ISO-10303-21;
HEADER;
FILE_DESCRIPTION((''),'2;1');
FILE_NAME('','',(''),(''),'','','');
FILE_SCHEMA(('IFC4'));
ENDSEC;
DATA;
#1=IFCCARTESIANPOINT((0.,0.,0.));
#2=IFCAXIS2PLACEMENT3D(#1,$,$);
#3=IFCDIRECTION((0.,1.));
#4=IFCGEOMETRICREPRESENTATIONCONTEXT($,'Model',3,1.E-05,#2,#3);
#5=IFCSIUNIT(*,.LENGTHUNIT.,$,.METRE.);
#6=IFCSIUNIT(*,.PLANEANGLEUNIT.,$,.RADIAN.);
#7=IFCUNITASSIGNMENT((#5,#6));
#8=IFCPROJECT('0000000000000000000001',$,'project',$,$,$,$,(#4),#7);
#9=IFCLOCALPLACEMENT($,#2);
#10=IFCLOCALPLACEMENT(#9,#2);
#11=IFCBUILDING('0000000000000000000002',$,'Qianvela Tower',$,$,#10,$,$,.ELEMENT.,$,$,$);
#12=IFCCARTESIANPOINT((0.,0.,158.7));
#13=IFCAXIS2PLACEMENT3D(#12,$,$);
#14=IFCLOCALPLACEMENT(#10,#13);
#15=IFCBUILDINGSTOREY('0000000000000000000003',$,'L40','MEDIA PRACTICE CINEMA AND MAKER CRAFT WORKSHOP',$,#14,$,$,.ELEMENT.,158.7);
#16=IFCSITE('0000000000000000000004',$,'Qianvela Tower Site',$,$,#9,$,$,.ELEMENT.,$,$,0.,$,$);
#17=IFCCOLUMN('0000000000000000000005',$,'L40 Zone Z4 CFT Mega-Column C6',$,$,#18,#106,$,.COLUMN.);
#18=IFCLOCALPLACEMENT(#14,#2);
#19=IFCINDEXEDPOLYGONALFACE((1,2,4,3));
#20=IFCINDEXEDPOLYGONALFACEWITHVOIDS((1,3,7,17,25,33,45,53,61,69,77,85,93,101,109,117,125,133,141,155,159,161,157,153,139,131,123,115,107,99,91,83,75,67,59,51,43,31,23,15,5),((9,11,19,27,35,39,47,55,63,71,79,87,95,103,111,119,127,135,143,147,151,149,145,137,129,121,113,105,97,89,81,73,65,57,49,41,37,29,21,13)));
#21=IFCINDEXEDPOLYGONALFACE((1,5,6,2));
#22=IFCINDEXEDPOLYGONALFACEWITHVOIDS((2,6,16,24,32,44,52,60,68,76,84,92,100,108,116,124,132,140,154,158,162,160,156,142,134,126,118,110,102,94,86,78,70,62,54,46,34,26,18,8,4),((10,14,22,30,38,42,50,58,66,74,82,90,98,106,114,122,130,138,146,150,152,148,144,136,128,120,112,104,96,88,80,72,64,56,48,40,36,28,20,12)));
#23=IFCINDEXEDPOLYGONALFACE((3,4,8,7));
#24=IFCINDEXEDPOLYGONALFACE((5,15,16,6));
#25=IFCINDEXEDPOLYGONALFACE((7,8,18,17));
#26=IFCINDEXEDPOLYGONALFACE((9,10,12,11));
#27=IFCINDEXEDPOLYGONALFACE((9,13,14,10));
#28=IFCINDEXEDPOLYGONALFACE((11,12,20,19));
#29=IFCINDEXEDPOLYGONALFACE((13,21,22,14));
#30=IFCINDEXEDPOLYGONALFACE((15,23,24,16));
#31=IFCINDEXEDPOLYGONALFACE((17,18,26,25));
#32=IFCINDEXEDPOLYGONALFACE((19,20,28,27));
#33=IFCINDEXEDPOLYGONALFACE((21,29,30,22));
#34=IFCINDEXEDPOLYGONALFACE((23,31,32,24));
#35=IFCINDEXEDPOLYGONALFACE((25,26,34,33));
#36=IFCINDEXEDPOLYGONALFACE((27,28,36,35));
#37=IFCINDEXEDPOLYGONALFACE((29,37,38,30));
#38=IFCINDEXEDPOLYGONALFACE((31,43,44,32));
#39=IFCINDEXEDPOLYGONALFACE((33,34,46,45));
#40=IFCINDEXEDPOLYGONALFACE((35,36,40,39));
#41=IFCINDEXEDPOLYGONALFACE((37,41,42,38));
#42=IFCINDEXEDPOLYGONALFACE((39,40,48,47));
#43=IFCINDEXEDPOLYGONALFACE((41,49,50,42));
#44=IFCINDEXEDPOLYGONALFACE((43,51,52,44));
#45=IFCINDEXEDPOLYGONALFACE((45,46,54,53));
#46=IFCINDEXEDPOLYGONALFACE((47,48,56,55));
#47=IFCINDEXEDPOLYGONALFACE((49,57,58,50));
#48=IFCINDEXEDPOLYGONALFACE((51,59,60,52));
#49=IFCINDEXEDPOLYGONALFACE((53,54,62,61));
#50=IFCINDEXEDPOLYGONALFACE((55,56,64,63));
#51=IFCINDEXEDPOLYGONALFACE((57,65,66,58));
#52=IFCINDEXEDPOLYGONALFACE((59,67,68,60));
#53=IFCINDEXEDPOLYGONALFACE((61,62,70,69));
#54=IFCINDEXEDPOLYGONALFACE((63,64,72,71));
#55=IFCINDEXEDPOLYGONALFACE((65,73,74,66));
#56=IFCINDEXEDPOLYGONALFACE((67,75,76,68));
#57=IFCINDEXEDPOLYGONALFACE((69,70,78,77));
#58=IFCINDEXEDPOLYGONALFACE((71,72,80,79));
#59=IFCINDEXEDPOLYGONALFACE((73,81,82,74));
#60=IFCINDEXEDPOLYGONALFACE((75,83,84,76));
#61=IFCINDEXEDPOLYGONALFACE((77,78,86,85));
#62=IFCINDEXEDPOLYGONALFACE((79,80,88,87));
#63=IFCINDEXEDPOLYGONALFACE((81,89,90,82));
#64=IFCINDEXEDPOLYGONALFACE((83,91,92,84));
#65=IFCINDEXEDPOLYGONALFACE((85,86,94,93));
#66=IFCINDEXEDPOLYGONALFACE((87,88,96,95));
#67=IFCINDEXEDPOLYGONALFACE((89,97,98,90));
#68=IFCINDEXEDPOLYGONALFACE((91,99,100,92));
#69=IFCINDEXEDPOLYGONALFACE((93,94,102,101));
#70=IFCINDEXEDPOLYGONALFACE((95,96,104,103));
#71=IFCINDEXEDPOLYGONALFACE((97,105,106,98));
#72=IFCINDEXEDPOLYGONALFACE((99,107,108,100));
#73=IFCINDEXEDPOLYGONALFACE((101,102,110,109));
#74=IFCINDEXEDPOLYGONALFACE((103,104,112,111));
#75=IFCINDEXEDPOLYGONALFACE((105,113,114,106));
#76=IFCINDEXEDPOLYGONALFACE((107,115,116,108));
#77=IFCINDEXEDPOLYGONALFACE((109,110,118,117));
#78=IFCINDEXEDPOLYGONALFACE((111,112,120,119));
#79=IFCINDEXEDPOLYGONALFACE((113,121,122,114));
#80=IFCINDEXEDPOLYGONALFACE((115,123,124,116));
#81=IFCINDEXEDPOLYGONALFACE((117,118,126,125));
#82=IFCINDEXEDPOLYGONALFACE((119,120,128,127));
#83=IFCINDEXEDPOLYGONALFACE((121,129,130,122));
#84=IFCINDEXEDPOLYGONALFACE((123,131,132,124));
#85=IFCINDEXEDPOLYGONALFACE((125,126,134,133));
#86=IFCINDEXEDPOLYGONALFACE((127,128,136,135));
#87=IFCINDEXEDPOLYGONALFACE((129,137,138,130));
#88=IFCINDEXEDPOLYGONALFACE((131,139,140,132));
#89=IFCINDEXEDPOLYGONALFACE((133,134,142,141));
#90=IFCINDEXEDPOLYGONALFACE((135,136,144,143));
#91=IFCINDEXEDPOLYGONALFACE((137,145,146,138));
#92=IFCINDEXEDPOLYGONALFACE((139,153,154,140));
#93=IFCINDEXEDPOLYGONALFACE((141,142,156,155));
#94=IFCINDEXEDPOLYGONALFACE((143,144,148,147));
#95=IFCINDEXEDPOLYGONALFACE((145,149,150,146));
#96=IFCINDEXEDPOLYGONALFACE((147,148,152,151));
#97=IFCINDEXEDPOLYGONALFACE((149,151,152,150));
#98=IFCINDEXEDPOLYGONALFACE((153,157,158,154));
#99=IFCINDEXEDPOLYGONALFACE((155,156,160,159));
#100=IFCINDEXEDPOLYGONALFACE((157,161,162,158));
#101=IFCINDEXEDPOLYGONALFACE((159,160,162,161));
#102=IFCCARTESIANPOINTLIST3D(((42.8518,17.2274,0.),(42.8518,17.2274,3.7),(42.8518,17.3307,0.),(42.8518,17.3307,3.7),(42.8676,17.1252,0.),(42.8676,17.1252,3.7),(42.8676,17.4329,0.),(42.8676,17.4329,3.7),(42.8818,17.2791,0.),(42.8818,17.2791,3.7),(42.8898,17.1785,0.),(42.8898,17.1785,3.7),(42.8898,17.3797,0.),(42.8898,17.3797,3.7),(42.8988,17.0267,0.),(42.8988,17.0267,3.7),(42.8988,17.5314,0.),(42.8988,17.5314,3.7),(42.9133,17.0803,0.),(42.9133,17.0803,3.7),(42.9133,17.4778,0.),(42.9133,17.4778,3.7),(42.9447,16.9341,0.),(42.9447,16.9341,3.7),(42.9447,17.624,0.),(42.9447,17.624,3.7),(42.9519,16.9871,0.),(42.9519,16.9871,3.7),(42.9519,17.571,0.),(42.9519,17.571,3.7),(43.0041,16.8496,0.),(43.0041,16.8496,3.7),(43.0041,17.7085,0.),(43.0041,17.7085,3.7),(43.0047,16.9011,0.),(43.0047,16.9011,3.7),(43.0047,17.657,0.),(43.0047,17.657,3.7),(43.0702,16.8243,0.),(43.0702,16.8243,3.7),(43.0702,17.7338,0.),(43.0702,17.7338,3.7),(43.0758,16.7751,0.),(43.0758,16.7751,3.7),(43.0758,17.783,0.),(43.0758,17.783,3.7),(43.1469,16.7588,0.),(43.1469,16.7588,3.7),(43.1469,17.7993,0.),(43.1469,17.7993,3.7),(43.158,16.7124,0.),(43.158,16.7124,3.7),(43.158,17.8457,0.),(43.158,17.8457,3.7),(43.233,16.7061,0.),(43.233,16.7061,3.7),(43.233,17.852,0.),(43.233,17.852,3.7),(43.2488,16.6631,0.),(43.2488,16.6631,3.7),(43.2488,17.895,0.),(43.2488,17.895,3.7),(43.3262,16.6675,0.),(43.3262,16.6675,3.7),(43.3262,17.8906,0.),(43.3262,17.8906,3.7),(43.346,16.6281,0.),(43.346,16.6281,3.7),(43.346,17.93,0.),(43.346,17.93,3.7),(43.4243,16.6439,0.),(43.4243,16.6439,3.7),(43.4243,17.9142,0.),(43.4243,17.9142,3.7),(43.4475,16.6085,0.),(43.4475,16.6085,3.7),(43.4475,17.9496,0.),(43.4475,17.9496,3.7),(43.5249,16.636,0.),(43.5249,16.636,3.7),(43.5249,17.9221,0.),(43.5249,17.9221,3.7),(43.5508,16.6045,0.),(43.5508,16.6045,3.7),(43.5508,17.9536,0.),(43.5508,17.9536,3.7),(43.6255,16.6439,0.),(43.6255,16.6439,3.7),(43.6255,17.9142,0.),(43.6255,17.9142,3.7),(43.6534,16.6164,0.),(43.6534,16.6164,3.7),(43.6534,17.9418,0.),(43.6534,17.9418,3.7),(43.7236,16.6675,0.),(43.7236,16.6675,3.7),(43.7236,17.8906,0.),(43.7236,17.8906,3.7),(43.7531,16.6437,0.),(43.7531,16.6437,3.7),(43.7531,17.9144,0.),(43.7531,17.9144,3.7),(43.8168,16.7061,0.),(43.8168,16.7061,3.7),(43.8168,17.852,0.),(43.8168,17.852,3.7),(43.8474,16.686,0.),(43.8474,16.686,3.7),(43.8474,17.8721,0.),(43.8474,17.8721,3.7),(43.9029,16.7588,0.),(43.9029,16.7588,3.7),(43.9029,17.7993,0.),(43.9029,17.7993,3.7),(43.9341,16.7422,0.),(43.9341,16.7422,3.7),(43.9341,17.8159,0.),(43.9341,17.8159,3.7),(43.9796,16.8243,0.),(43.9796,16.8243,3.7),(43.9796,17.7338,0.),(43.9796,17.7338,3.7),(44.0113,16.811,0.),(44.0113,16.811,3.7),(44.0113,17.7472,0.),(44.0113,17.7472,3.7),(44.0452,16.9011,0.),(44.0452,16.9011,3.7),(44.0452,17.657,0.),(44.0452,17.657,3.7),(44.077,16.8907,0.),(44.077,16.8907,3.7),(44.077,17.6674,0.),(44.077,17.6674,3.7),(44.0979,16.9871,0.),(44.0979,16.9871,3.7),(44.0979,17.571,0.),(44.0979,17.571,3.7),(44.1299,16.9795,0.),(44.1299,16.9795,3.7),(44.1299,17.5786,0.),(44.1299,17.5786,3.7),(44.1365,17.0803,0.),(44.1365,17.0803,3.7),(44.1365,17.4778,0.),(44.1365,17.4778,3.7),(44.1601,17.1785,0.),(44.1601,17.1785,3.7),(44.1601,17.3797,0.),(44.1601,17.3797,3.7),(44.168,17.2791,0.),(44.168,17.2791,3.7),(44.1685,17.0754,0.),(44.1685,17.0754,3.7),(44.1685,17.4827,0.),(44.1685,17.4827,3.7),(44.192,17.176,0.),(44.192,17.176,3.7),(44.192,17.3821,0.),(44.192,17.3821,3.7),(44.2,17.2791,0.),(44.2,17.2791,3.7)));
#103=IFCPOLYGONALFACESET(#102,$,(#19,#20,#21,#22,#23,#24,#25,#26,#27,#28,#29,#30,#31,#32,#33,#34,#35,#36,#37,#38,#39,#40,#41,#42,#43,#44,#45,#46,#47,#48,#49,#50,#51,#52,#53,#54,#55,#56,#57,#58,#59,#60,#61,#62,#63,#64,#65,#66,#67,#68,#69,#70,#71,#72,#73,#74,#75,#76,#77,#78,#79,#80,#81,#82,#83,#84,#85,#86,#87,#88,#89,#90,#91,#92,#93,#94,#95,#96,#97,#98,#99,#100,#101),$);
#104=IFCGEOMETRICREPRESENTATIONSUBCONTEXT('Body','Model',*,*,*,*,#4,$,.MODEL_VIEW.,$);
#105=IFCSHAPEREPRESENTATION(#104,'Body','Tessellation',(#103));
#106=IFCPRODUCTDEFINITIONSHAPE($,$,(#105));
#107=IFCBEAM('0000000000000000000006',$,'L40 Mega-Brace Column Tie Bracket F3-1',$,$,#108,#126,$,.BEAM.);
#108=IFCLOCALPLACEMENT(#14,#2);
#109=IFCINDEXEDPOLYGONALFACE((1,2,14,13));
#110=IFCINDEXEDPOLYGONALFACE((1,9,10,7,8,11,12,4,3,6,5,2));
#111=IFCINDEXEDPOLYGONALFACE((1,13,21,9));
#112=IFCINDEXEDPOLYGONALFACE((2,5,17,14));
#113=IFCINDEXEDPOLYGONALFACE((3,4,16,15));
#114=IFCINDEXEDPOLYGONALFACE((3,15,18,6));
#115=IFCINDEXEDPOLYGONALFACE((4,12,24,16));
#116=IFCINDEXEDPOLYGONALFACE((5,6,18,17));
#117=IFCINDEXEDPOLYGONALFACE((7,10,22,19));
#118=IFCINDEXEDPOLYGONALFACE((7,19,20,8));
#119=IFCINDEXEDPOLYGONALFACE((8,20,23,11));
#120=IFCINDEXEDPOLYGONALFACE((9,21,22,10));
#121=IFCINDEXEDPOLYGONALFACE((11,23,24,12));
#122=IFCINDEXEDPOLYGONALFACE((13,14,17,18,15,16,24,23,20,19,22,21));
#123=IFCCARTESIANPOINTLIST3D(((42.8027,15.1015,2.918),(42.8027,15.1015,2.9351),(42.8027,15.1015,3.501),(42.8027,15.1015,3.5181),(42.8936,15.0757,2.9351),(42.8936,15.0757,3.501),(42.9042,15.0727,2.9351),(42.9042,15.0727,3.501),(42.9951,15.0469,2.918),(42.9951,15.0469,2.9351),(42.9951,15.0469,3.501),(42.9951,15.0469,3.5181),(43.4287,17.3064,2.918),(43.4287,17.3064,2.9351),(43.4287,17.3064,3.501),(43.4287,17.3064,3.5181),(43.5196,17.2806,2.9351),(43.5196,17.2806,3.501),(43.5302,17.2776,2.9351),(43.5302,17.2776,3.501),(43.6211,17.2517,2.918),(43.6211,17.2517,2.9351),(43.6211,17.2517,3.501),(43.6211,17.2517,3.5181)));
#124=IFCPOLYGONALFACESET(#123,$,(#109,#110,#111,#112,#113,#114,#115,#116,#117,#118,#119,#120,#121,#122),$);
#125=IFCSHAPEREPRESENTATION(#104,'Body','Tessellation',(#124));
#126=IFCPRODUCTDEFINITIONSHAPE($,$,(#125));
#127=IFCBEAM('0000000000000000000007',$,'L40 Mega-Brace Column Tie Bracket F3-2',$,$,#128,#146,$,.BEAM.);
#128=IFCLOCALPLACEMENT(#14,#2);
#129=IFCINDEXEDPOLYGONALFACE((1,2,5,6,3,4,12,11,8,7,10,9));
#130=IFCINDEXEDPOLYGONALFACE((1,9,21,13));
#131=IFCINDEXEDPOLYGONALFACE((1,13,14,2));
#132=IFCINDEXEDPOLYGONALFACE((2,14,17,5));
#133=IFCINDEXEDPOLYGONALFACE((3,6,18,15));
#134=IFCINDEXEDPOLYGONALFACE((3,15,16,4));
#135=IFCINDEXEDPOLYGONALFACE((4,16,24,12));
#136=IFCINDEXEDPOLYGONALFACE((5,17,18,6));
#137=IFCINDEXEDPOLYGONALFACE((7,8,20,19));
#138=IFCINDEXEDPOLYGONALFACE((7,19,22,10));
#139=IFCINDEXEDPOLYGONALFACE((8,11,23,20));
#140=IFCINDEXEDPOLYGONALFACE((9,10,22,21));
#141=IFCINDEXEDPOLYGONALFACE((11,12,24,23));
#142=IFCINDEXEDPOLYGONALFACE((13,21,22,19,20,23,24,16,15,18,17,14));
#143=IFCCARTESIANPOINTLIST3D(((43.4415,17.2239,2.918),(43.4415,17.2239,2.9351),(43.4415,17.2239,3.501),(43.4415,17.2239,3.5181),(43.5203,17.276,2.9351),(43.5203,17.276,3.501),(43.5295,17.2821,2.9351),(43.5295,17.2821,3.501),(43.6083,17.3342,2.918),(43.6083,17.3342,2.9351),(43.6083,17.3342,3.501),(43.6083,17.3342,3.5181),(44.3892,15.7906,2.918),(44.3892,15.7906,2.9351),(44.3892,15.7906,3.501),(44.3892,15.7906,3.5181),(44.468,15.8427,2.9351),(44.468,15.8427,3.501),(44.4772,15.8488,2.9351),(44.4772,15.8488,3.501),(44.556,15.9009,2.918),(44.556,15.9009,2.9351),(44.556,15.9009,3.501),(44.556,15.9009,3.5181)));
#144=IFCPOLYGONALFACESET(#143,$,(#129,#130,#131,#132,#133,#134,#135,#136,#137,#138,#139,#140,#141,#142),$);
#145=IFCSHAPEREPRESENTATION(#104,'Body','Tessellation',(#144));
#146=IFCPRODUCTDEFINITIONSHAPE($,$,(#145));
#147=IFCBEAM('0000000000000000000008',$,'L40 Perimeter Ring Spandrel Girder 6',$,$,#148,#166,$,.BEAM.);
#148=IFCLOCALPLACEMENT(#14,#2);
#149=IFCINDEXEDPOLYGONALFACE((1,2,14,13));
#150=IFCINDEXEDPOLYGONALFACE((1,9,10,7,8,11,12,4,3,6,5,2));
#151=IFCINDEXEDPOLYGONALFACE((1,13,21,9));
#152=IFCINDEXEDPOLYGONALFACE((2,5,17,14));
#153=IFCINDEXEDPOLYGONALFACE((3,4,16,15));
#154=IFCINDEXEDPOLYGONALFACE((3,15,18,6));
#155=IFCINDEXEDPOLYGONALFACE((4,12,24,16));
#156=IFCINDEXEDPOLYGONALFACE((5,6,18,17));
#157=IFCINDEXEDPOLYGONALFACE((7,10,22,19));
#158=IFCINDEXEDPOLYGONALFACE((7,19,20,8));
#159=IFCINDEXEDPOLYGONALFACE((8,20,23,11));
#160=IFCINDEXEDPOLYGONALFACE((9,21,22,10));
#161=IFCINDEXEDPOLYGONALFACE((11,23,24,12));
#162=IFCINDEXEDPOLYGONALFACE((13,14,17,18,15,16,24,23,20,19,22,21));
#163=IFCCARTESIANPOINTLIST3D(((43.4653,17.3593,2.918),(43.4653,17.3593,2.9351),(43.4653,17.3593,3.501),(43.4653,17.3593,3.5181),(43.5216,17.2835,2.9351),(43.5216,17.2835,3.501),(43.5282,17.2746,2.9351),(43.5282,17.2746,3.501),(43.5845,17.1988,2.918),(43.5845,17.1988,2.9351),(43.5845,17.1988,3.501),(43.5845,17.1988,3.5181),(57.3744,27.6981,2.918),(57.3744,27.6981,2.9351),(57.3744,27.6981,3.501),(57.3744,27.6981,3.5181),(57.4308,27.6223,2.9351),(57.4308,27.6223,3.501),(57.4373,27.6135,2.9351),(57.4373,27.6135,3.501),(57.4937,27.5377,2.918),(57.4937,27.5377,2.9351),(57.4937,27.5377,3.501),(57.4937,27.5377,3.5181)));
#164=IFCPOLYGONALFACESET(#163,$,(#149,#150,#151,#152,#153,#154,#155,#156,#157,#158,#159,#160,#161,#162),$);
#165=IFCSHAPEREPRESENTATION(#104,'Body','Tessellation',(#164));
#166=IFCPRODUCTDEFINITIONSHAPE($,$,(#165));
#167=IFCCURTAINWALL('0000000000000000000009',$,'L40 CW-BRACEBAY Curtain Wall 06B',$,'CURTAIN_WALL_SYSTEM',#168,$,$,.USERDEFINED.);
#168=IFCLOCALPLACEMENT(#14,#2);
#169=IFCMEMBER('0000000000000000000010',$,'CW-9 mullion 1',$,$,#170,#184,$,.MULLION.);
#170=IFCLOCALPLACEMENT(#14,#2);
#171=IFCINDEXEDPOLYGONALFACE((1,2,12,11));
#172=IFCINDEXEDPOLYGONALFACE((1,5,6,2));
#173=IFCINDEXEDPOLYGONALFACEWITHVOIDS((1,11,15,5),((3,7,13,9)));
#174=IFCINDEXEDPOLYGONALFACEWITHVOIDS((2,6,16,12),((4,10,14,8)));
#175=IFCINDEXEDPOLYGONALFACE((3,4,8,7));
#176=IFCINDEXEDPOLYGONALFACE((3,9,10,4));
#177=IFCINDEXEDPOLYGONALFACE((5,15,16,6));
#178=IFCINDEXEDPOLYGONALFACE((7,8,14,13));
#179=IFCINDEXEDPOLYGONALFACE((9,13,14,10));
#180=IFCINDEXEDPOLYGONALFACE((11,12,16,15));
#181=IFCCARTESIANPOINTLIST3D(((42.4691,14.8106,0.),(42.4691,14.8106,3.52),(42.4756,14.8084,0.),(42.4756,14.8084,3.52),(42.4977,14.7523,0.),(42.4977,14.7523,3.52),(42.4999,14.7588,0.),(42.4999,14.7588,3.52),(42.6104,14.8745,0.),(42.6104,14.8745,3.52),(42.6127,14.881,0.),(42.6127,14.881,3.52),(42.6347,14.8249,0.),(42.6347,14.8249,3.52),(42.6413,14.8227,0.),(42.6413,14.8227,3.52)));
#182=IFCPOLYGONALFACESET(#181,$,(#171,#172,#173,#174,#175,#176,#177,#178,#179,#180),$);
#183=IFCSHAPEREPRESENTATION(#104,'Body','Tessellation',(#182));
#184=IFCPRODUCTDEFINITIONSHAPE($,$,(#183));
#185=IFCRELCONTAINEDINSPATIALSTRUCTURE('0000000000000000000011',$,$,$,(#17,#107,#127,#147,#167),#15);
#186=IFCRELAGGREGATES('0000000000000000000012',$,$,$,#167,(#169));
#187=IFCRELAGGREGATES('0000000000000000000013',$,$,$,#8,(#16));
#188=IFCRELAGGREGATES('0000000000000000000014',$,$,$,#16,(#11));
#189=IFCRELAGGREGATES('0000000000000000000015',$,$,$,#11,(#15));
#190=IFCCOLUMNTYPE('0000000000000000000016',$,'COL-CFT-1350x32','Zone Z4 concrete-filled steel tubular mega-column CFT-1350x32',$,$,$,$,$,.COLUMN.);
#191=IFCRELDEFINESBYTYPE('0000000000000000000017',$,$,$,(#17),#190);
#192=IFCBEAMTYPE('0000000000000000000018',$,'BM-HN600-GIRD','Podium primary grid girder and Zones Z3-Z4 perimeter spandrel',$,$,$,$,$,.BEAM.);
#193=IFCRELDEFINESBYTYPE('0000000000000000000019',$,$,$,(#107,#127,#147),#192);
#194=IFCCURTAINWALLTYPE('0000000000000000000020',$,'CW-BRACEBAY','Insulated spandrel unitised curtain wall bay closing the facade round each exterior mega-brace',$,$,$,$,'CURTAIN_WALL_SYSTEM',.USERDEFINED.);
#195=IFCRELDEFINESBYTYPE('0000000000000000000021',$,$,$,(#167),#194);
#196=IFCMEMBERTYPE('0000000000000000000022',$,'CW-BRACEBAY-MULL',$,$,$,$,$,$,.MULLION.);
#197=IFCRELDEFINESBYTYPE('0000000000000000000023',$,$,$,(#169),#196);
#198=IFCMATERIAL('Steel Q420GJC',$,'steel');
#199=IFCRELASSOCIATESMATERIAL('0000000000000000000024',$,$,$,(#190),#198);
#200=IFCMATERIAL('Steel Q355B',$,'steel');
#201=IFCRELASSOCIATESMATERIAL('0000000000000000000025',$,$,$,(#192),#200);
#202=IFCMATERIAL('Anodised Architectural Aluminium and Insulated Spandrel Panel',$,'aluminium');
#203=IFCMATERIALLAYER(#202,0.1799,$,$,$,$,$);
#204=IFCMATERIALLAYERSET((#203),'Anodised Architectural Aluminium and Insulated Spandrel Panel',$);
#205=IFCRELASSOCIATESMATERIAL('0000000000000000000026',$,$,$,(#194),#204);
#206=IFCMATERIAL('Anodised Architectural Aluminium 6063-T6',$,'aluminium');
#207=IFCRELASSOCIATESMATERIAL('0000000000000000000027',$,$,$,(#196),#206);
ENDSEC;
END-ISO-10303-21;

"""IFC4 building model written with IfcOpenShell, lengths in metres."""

from ifc_helpers import new_model, si_unit, direction, frame, origin, origin_2d, place, context, subcontext, project, spatial, hollow_rectangle, hollow_circle, i_section, extrude, material, layer, layer_set, material_profile, profile_set, type_object, element, aggregate, save


model = new_model("IFC4")

# Units and contexts
model_context = context("Model", 3, precision=1e-05, world=origin(), true_north=direction((0.0, 1.0)))
body_context = subcontext(model_context, "Body", "Model", "MODEL_VIEW")
ifc_project = project(units=[si_unit("LENGTHUNIT", "METRE"), si_unit("PLANEANGLEUNIT", "RADIAN")], contexts=[model_context])

# Site, building, storey
site_placement = place(None, origin())
site = spatial("IfcSite", under=ifc_project, at=site_placement, Name="Qianvela Tower Site", CompositionType="ELEMENT", RefElevation=0.0)
building_placement = place(site_placement, origin())
building = spatial("IfcBuilding", under=site, at=building_placement, Name="Qianvela Tower", CompositionType="ELEMENT")
storey_placement = place(building_placement, frame((0.0, 0.0, 158.7)))
storey = spatial("IfcBuildingStorey", under=building, at=storey_placement, Name="L40", Description="MEDIA PRACTICE CINEMA AND MAKER CRAFT WORKSHOP", CompositionType="ELEMENT", Elevation=158.7)

# Column
ifc_material_1 = material(Name="Steel Q420GJC", Category="steel")
ifc_material_profile_1 = material_profile(ifc_material_1, hollow_circle(Radius=0.675, WallThickness=0.032, at=origin_2d()), Name="CFT-1350x32")
ifc_profile_set_1 = profile_set([ifc_material_profile_1], Name="Steel Q420GJC")
column_type = type_object("IfcColumnType", Name="COL-CFT-1350x32", Description="Zone Z4 concrete-filled steel tubular mega-column CFT-1350x32", PredefinedType="COLUMN", material=ifc_profile_set_1)
column_placement = place(storey_placement, frame((43.5249, 17.2791, 0.0), z_axis=(0.0, 0.0, 1.0), x_axis=(1.0, 0.0, 0.0)))
element("IfcColumn", 1, at=column_placement, inside=storey, type_object=column_type, Name="L40 Zone Z4 CFT Mega-Column C6", PredefinedType="COLUMN", context=body_context, shape_type="SweptSolid", body=[
    extrude(hollow_circle(Radius=0.675, WallThickness=0.032, at=origin_2d()), origin(), (0.0, 0.0, 1.0), 3.7),
])

# Beams
ifc_material_2 = material(Name="Steel Q355B", Category="steel")
ifc_material_profile_2 = material_profile(ifc_material_2, i_section(OverallWidth=0.2, OverallDepth=0.6001, WebThickness=0.011, FlangeThickness=0.0171, at=origin_2d()), Name="HN600x200x11x17")
ifc_profile_set_2 = profile_set([ifc_material_profile_2], Name="Steel Q355B")
beam_type = type_object("IfcBeamType", Name="BM-HN600-GIRD", Description="Podium primary grid girder and Zones Z3-Z4 perimeter spandrel", PredefinedType="BEAM", material=ifc_profile_set_2)
beam_1_placement = place(storey_placement, frame((43.5249, 17.2791, 3.218), z_axis=(-0.273117, -0.961981, 0.0), x_axis=(0.961981, -0.273117, 0.0)))
element("IfcBeam", 2, at=beam_1_placement, inside=storey, type_object=beam_type, Name="L40 Mega-Brace Column Tie Bracket F3-1", PredefinedType="BEAM", context=body_context, shape_type="SweptSolid", body=[
    extrude(i_section(OverallWidth=0.2, OverallDepth=0.6001, WebThickness=0.011, FlangeThickness=0.0171, at=origin_2d()), origin(), (0.0, 0.0, 1.0), 2.292),
])
beam_2_placement = place(storey_placement, frame((43.5249, 17.2791, 3.218), z_axis=(0.551549, -0.834143, 0.0), x_axis=(0.834143, 0.551549, 0.0)))
element("IfcBeam", 3, at=beam_2_placement, inside=storey, type_object=beam_type, Name="L40 Mega-Brace Column Tie Bracket F3-2", PredefinedType="BEAM", context=body_context, shape_type="SweptSolid", body=[
    extrude(i_section(OverallWidth=0.2, OverallDepth=0.6001, WebThickness=0.011, FlangeThickness=0.0171, at=origin_2d()), origin(), (0.0, 0.0, 1.0), 1.7183),
])
beam_3_placement = place(storey_placement, frame((43.5249, 17.2791, 3.218), z_axis=(0.802569, 0.596559, 0.0), x_axis=(-0.596559, 0.802569, 0.0)))
element("IfcBeam", 4, at=beam_3_placement, inside=storey, type_object=beam_type, Name="L40 Perimeter Ring Spandrel Girder 6", PredefinedType="BEAM", context=body_context, shape_type="SweptSolid", body=[
    extrude(i_section(OverallWidth=0.2, OverallDepth=0.6001, WebThickness=0.011, FlangeThickness=0.0171, at=origin_2d()), origin(), (0.0, 0.0, 1.0), 17.3308),
])

# Curtain wall, member
ifc_material_3 = material(Name="Anodised Architectural Aluminium and Insulated Spandrel Panel", Category="aluminium")
ifc_layer_1 = layer(ifc_material_3, 0.1799)
ifc_layer_set_1 = layer_set([ifc_layer_1], Name="Anodised Architectural Aluminium and Insulated Spandrel Panel")
curtain_wall_type = type_object("IfcCurtainWallType", Name="CW-BRACEBAY", Description="Insulated spandrel unitised curtain wall bay closing the facade round each exterior mega-brace", ElementType="CURTAIN_WALL_SYSTEM", PredefinedType="USERDEFINED", material=ifc_layer_set_1)
curtain_wall_placement = place(storey_placement, origin())
curtain_wall = element("IfcCurtainWall", 5, at=curtain_wall_placement, inside=storey, type_object=curtain_wall_type, Name="L40 CW-BRACEBAY Curtain Wall 06B", ObjectType="CURTAIN_WALL_SYSTEM", PredefinedType="USERDEFINED")
ifc_material_4 = material(Name="Anodised Architectural Aluminium 6063-T6", Category="aluminium")
ifc_material_profile_3 = material_profile(ifc_material_4, hollow_rectangle(XDim=0.0649, YDim=0.1599, WallThickness=0.0049, at=origin_2d()), Name="ALU-MULL-65x160")
ifc_profile_set_3 = profile_set([ifc_material_profile_3], Name="Anodised Architectural Aluminium 6063-T6")
member_type_1 = type_object("IfcMemberType", Name="CW-BRACEBAY-MULL", PredefinedType="MULLION", material=ifc_profile_set_3)
member_1_placement = place(storey_placement, frame((42.5552, 14.8167, 0.0), z_axis=(0.0, 0.0, 1.0), x_axis=(-0.440156, 0.897922, 0.0)))
member_1 = element("IfcMember", 6, at=member_1_placement, type_object=member_type_1, Name="CW-9 mullion 1", PredefinedType="MULLION", context=body_context, shape_type="SweptSolid", body=[
    extrude(hollow_rectangle(XDim=0.0649, YDim=0.1599, WallThickness=0.0049, at=origin_2d()), origin(), (0.0, 0.0, 1.0), 3.52),
])

aggregate(curtain_wall, [member_1])

save(model, "model.ifc")
